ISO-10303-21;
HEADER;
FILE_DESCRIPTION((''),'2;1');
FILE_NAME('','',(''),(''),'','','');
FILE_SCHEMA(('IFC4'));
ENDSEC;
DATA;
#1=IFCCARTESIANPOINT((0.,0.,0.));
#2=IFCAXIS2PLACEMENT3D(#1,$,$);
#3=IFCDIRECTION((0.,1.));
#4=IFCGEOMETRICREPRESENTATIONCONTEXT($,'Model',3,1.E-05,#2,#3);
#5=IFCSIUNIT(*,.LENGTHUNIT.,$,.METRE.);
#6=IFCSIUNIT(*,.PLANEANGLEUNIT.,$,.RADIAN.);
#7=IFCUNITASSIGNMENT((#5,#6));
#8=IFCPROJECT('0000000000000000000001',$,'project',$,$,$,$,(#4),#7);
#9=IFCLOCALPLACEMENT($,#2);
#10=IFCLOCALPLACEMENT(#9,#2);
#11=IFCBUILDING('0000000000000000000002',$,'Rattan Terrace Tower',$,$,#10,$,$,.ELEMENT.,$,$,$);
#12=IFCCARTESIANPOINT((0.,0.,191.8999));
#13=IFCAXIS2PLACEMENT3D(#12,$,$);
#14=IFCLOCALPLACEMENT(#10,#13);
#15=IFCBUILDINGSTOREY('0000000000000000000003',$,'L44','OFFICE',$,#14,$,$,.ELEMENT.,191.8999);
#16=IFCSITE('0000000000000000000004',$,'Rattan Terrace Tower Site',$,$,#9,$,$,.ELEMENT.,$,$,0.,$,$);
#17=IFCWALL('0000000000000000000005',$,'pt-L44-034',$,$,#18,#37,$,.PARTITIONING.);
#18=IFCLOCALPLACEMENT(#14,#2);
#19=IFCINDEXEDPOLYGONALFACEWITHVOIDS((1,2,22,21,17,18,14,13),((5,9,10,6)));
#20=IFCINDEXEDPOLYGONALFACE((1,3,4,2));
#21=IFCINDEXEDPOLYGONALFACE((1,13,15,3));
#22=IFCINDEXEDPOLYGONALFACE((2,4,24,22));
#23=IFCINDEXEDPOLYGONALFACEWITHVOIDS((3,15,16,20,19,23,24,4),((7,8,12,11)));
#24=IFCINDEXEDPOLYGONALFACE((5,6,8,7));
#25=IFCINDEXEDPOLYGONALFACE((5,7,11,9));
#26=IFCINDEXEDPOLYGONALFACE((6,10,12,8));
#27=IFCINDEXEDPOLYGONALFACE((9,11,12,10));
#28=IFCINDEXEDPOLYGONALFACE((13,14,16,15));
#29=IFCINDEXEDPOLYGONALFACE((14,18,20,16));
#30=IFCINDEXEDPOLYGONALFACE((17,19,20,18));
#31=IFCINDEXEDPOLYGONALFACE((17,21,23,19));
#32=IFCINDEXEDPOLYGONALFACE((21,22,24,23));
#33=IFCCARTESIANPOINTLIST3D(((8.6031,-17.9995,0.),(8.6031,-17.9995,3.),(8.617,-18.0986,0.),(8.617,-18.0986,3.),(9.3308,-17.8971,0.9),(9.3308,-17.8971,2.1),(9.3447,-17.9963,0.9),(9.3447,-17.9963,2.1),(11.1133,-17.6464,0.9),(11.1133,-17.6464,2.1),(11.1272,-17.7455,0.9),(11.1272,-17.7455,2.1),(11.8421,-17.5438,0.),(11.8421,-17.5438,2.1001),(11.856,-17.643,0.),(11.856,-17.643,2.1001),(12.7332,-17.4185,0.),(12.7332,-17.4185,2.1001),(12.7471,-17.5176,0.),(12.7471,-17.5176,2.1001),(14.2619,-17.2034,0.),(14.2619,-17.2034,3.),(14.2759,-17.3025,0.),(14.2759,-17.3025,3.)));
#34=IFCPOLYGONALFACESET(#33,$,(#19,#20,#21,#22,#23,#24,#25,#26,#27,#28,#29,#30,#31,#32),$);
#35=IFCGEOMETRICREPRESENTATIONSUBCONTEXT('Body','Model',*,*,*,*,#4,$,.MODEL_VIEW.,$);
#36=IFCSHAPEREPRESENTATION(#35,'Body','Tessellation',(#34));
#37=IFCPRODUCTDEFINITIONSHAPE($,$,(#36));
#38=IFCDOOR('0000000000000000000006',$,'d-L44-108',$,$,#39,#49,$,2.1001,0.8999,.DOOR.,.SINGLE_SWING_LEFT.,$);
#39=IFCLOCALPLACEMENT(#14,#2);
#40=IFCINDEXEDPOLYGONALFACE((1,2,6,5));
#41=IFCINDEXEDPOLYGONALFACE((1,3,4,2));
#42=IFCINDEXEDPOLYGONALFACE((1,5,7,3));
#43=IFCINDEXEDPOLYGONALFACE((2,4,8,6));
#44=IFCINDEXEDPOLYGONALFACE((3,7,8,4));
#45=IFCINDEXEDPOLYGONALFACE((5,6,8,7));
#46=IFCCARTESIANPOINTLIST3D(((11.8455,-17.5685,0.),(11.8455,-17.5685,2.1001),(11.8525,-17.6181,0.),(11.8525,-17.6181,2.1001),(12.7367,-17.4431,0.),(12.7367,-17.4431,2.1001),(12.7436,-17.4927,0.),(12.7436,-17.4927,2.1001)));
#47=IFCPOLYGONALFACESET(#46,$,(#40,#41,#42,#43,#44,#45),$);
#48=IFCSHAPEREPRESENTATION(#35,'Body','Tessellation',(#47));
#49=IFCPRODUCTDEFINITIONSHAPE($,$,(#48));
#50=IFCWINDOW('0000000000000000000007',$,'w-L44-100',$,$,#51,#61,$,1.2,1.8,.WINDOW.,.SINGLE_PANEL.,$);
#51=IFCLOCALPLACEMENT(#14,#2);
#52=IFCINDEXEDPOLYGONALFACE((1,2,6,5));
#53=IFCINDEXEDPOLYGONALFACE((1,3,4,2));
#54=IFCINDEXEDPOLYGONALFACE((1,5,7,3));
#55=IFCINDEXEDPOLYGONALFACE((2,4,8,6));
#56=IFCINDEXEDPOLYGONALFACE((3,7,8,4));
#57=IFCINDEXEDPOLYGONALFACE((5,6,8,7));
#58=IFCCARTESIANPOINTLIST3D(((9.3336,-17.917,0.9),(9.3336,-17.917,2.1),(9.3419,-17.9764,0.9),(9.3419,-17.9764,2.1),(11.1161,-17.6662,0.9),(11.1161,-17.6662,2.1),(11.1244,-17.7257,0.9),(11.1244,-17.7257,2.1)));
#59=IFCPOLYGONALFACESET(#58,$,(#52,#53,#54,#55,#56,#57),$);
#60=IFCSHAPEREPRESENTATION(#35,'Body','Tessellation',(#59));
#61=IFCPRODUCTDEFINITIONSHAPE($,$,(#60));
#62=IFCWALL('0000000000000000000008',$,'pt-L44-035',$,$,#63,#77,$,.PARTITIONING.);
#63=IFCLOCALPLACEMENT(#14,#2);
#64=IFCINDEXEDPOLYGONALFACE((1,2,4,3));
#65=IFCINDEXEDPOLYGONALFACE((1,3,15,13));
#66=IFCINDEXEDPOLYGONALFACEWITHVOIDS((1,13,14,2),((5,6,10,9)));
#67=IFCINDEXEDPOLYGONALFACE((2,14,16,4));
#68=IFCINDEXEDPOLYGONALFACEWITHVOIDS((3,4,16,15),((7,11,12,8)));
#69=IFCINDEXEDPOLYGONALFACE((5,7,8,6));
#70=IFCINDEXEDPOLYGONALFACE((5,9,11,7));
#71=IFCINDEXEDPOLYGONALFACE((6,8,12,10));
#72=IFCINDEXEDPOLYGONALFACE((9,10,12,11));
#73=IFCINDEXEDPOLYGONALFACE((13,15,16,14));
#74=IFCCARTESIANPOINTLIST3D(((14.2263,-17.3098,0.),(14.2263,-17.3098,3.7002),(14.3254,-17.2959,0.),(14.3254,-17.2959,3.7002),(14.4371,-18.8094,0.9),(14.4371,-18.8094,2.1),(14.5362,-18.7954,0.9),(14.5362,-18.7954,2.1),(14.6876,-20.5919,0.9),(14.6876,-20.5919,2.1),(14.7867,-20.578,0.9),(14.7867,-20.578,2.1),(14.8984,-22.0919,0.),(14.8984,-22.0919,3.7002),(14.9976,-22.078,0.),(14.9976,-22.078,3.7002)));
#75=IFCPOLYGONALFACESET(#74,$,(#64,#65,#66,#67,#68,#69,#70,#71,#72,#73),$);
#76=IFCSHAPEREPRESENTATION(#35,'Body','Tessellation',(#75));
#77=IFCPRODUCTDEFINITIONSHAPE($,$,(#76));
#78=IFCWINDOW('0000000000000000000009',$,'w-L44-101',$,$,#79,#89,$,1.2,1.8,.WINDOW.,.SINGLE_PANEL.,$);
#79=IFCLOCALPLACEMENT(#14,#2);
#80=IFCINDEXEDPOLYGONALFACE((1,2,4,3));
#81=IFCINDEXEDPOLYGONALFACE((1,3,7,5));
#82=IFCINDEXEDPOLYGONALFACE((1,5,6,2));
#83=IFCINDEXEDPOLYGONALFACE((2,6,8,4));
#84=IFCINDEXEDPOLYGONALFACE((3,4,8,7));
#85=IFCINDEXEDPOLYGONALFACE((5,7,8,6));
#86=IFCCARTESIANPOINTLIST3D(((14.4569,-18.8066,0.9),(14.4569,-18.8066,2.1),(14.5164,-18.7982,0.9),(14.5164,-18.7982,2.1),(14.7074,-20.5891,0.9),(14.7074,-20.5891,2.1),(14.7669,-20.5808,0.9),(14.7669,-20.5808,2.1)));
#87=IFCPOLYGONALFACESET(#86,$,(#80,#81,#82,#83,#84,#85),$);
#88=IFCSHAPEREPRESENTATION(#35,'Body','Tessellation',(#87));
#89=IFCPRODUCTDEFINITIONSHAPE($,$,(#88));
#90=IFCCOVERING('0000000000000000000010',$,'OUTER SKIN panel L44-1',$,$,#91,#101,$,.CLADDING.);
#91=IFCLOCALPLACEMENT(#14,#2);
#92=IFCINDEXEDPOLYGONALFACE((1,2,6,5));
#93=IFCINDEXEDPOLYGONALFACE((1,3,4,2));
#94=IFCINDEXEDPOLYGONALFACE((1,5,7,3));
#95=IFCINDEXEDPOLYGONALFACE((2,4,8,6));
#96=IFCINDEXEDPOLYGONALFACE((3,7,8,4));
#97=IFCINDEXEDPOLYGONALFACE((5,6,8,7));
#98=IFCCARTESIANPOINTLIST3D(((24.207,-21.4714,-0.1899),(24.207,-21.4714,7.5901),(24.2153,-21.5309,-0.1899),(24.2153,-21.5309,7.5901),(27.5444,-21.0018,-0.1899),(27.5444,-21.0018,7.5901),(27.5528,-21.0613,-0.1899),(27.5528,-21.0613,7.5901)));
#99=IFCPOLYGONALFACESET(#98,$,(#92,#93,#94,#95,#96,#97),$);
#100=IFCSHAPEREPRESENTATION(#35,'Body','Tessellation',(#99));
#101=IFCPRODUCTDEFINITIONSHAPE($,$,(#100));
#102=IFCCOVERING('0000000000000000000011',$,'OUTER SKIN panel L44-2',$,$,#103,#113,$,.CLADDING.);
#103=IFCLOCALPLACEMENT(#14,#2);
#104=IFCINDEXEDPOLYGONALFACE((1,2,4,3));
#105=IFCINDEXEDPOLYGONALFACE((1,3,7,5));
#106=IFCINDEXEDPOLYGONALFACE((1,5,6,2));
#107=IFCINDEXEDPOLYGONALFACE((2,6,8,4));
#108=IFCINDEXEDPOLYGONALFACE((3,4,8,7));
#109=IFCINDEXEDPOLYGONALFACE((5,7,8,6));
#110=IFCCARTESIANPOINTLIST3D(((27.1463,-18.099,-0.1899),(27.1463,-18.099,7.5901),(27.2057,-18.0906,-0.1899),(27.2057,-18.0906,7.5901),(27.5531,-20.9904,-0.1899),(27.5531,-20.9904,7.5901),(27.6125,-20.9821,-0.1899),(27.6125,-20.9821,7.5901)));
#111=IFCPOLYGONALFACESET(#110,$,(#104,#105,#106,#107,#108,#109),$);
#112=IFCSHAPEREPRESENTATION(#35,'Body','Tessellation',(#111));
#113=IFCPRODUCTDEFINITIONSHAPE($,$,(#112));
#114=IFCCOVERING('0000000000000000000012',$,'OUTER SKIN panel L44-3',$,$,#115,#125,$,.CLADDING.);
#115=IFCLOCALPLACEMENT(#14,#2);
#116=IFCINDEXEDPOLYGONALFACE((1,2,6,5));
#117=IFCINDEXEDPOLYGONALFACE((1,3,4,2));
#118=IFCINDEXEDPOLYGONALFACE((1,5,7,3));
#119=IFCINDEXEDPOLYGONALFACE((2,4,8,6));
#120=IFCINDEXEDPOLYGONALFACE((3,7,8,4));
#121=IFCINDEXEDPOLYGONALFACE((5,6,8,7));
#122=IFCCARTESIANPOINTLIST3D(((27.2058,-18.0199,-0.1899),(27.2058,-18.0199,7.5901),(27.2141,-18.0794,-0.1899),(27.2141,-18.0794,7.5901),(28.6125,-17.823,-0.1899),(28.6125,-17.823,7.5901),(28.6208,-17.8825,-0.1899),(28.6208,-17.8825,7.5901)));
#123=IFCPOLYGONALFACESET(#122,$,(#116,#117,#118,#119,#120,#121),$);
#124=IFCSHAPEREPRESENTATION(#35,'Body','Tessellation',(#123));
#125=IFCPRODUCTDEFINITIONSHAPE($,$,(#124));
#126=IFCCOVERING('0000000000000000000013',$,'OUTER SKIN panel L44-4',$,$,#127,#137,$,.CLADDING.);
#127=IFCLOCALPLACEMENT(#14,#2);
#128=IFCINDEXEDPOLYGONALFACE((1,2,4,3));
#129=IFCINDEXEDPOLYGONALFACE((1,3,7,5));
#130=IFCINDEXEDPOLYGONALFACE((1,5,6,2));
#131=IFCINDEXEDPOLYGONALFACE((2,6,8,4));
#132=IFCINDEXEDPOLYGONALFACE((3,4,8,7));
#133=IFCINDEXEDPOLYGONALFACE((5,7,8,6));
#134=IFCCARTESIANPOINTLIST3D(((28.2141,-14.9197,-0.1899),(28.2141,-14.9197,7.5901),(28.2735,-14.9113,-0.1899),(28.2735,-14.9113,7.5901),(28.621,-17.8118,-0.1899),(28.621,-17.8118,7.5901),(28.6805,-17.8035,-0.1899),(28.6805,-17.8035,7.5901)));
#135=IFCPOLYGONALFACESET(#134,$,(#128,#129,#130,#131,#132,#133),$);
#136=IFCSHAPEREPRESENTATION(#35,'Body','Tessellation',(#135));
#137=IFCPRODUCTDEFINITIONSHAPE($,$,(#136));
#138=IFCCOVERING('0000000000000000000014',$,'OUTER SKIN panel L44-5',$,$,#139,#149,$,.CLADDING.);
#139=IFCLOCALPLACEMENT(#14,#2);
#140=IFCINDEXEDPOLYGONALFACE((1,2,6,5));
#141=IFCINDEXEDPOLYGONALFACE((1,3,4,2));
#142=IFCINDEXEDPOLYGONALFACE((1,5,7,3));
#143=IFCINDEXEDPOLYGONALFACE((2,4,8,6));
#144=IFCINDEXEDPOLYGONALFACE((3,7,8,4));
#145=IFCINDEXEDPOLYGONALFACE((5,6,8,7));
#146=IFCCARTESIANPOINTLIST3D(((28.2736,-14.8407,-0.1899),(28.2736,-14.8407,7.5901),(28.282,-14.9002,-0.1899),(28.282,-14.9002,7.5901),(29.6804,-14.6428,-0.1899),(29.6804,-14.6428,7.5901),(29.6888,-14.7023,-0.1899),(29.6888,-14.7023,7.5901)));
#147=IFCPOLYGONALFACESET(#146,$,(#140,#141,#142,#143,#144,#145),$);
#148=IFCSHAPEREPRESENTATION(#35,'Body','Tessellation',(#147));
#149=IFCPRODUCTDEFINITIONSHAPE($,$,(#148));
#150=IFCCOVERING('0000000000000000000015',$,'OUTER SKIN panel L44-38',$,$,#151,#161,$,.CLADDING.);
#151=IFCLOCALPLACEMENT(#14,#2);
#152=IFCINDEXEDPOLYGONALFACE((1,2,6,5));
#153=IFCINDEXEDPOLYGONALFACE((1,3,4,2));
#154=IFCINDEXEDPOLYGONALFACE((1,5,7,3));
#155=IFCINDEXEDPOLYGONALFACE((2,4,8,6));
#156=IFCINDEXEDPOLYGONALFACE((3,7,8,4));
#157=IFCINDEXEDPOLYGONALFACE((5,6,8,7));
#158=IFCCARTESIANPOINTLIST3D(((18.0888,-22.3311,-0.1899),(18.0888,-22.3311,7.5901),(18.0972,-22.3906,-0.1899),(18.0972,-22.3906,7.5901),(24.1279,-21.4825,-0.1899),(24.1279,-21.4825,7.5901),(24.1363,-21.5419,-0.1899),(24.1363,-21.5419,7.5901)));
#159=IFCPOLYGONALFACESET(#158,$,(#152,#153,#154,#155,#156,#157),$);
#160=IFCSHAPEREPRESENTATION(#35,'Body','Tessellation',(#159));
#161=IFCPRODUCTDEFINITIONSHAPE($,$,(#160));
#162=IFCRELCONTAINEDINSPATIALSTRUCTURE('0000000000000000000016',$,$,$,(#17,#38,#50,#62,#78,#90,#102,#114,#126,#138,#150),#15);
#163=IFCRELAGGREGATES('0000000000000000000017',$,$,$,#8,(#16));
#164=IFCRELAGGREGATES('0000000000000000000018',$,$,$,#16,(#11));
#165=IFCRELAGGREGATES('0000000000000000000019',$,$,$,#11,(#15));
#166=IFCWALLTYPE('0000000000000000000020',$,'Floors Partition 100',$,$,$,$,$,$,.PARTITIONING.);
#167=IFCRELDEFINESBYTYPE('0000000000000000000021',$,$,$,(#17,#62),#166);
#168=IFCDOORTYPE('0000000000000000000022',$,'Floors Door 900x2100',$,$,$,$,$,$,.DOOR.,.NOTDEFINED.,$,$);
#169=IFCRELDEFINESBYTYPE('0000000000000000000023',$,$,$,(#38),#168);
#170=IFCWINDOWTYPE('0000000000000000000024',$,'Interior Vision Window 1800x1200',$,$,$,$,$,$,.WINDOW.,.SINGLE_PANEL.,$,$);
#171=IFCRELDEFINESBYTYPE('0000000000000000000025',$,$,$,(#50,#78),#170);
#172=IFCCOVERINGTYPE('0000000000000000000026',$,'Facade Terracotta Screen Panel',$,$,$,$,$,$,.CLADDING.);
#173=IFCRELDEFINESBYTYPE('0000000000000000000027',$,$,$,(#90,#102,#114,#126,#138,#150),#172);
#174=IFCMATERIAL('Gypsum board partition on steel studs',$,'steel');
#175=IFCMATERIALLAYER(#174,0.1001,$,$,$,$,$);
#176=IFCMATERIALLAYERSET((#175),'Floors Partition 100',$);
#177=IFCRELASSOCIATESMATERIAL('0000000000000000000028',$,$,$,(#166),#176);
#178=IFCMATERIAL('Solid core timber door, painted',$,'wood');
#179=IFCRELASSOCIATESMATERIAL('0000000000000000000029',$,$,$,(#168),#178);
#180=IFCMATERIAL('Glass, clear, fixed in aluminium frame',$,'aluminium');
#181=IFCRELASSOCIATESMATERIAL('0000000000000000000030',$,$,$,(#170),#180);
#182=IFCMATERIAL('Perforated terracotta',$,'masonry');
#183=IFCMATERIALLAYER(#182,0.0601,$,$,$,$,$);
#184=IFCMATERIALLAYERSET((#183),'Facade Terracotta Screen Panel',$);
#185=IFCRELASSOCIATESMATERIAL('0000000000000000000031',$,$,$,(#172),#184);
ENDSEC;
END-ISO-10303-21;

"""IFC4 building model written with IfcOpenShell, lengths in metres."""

from ifc_helpers import new_model, si_unit, direction, frame, frame_2d, origin, origin_2d, place, context, subcontext, project, spatial, rectangle, extrude, material, layer, layer_set, type_object, element, fill, save


model = new_model("IFC4")

# Units and contexts
model_context = context("Model", 3, precision=1e-05, world=origin(), true_north=direction((0.0, 1.0)))
body_context = subcontext(model_context, "Body", "Model", "MODEL_VIEW")
ifc_project = project(units=[si_unit("LENGTHUNIT", "METRE"), si_unit("PLANEANGLEUNIT", "RADIAN")], contexts=[model_context])

# Site, building, storey
site_placement = place(None, origin())
site = spatial("IfcSite", under=ifc_project, at=site_placement, Name="Rattan Terrace Tower Site", CompositionType="ELEMENT", RefElevation=0.0)
building_placement = place(site_placement, origin())
building = spatial("IfcBuilding", under=site, at=building_placement, Name="Rattan Terrace Tower", CompositionType="ELEMENT")
storey_placement = place(building_placement, frame((0.0, 0.0, 191.8999)))
storey = spatial("IfcBuildingStorey", under=building, at=storey_placement, Name="L44", Description="OFFICE", CompositionType="ELEMENT", Elevation=191.8999)

# Wall, openings, door, window
ifc_material_1 = material(Name="Gypsum board partition on steel studs", Category="steel")
ifc_layer_1 = layer(ifc_material_1, 0.1001)
ifc_layer_set_1 = layer_set([ifc_layer_1], Name="Floors Partition 100")
wall_type_1 = type_object("IfcWallType", Name="Floors Partition 100", PredefinedType="PARTITIONING", material=ifc_layer_set_1)
wall_1_placement = place(storey_placement, frame((14.269, -17.2529, 0.0), z_axis=(0.0, 0.0, 1.0), x_axis=(-0.990248, -0.139316, 0.0)))
wall_1 = element("IfcWall", 1, at=wall_1_placement, inside=storey, type_object=wall_type_1, Name="pt-L44-034", PredefinedType="PARTITIONING", context=body_context, shape_type="SweptSolid", body=[
    extrude(rectangle(XDim=5.7146, YDim=0.1001, at=frame_2d((2.8574, 0.0))), origin(), (0.0, 0.0, 1.0), 3.0),
])
opening_1_placement = place(wall_1_placement, frame((1.5439, 0.0, 0.0)))
opening_1 = element("IfcOpeningElement", 2, at=opening_1_placement, cuts=wall_1, PredefinedType="OPENING", context=body_context, shape_type="SweptSolid", body=[
    extrude(rectangle(XDim=0.8999, YDim=2.1001, at=frame_2d((0.45, 1.05))), frame((0.0, 0.0605, 0.0), z_axis=(0.0, -1.0, 0.0), x_axis=(1.0, 0.0, 0.0)), (0.0, 0.0, 1.0), 0.1211),
])
opening_2_placement = place(wall_1_placement, frame((3.1799, 0.0, 0.8999)))
opening_2 = element("IfcOpeningElement", 3, at=opening_2_placement, cuts=wall_1, PredefinedType="OPENING", context=body_context, shape_type="SweptSolid", body=[
    extrude(rectangle(XDim=1.8, YDim=1.2, at=frame_2d((0.8999, 0.6001))), frame((0.0, 0.0605, 0.0), z_axis=(0.0, -1.0, 0.0), x_axis=(1.0, 0.0, 0.0)), (0.0, 0.0, 1.0), 0.1211),
])
ifc_material_2 = material(Name="Solid core timber door, painted", Category="wood")
door_type = type_object("IfcDoorType", Name="Floors Door 900x2100", OperationType="NOTDEFINED", PredefinedType="DOOR", material=ifc_material_2)
door_placement = place(opening_1_placement, origin())
door = element("IfcDoor", 4, at=door_placement, inside=storey, type_object=door_type, Name="d-L44-108", OperationType="SINGLE_SWING_LEFT", OverallHeight=2.1001, OverallWidth=0.8999, PredefinedType="DOOR", context=body_context, shape_type="SweptSolid", body=[
    extrude(rectangle(XDim=0.8999, YDim=2.1001, at=frame_2d((0.45, 1.05))), frame((0.0, 0.0249, 0.0), z_axis=(0.0, -1.0, 0.0), x_axis=(1.0, 0.0, 0.0)), (0.0, 0.0, 1.0), 0.05),
])
fill(opening_1, door)
ifc_material_3 = material(Name="Glass, clear, fixed in aluminium frame", Category="aluminium")
window_type = type_object("IfcWindowType", Name="Interior Vision Window 1800x1200", PartitioningType="SINGLE_PANEL", PredefinedType="WINDOW", material=ifc_material_3)
window_1_placement = place(opening_2_placement, origin())
window_1 = element("IfcWindow", 5, at=window_1_placement, inside=storey, type_object=window_type, Name="w-L44-100", OverallHeight=1.2, OverallWidth=1.8, PartitioningType="SINGLE_PANEL", PredefinedType="WINDOW", context=body_context, shape_type="SweptSolid", body=[
    extrude(rectangle(XDim=1.8, YDim=1.2, at=frame_2d((0.8999, 0.6001))), frame((0.0, 0.03, 0.0), z_axis=(0.0, -1.0, 0.0), x_axis=(1.0, 0.0, 0.0)), (0.0, 0.0, 1.0), 0.0601),
])
fill(opening_2, window_1)

# Wall, opening, window
wall_2_placement = place(storey_placement, frame((14.948, -22.085, 0.0), z_axis=(0.0, 0.0, 1.0), x_axis=(-0.139184, 0.990266, 0.0)))
wall_2 = element("IfcWall", 6, at=wall_2_placement, inside=storey, type_object=wall_type_1, Name="pt-L44-035", PredefinedType="PARTITIONING", context=body_context, shape_type="SweptSolid", body=[
    extrude(rectangle(XDim=4.8291, YDim=0.1001, at=frame_2d((2.4146, 0.0))), origin(), (0.0, 0.0, 1.0), 3.7002),
])
opening_3_placement = place(wall_2_placement, frame((1.5149, 0.0, 0.8999)))
opening_3 = element("IfcOpeningElement", 7, at=opening_3_placement, cuts=wall_2, PredefinedType="OPENING", context=body_context, shape_type="SweptSolid", body=[
    extrude(rectangle(XDim=1.8, YDim=1.2, at=frame_2d((0.8999, 0.6001))), frame((0.0, 0.0605, 0.0), z_axis=(0.0, -1.0, 0.0), x_axis=(1.0, 0.0, 0.0)), (0.0, 0.0, 1.0), 0.1211),
])
window_2_placement = place(opening_3_placement, origin())
window_2 = element("IfcWindow", 8, at=window_2_placement, inside=storey, type_object=window_type, Name="w-L44-101", OverallHeight=1.2, OverallWidth=1.8, PartitioningType="SINGLE_PANEL", PredefinedType="WINDOW", context=body_context, shape_type="SweptSolid", body=[
    extrude(rectangle(XDim=1.8, YDim=1.2, at=frame_2d((0.8999, 0.6001))), frame((0.0, 0.03, 0.0), z_axis=(0.0, -1.0, 0.0), x_axis=(1.0, 0.0, 0.0)), (0.0, 0.0, 1.0), 0.0601),
])
fill(opening_3, window_2)

# Coverings
ifc_material_4 = material(Name="Perforated terracotta", Category="masonry")
ifc_layer_2 = layer(ifc_material_4, 0.0601)
ifc_layer_set_2 = layer_set([ifc_layer_2], Name="Facade Terracotta Screen Panel")
covering_type = type_object("IfcCoveringType", Name="Facade Terracotta Screen Panel", PredefinedType="CLADDING", material=ifc_layer_set_2)
covering_1_placement = place(storey_placement, frame((25.8799, -21.2664, -0.1899), z_axis=(0.0, 0.0, 1.0), x_axis=(0.990247, 0.139321, 0.0)))
element("IfcCovering", 9, at=covering_1_placement, inside=storey, type_object=covering_type, Name="OUTER SKIN panel L44-1", PredefinedType="CLADDING", context=body_context, shape_type="SweptSolid", body=[
    extrude(rectangle(XDim=3.3704, YDim=0.0601, at=origin_2d()), origin(), (0.0, 0.0, 1.0), 7.78),
])
covering_2_placement = place(storey_placement, frame((27.3794, -19.5405, -0.1899), z_axis=(0.0, 0.0, 1.0), x_axis=(-0.139321, 0.990247, 0.0)))
element("IfcCovering", 10, at=covering_2_placement, inside=storey, type_object=covering_type, Name="OUTER SKIN panel L44-2", PredefinedType="CLADDING", context=body_context, shape_type="SweptSolid", body=[
    extrude(rectangle(XDim=2.9199, YDim=0.0601, at=origin_2d()), origin(), (0.0, 0.0, 1.0), 7.78),
])
covering_3_placement = place(storey_placement, frame((27.9133, -17.9512, -0.1899), z_axis=(0.0, 0.0, 1.0), x_axis=(0.990345, 0.138622, 0.0)))
element("IfcCovering", 11, at=covering_3_placement, inside=storey, type_object=covering_type, Name="OUTER SKIN panel L44-3", PredefinedType="CLADDING", context=body_context, shape_type="SweptSolid", body=[
    extrude(rectangle(XDim=1.4204, YDim=0.0601, at=origin_2d()), origin(), (0.0, 0.0, 1.0), 7.78),
])
covering_4_placement = place(storey_placement, frame((28.4473, -16.3616, -0.1899), z_axis=(0.0, 0.0, 1.0), x_axis=(-0.139321, 0.990247, 0.0)))
element("IfcCovering", 12, at=covering_4_placement, inside=storey, type_object=covering_type, Name="OUTER SKIN panel L44-4", PredefinedType="CLADDING", context=body_context, shape_type="SweptSolid", body=[
    extrude(rectangle(XDim=2.9207, YDim=0.0601, at=origin_2d()), origin(), (0.0, 0.0, 1.0), 7.78),
])
covering_5_placement = place(storey_placement, frame((28.9812, -14.7715, -0.1899), z_axis=(0.0, 0.0, 1.0), x_axis=(0.990254, 0.139275, 0.0)))
element("IfcCovering", 13, at=covering_5_placement, inside=storey, type_object=covering_type, Name="OUTER SKIN panel L44-5", PredefinedType="CLADDING", context=body_context, shape_type="SweptSolid", body=[
    extrude(rectangle(XDim=1.4207, YDim=0.0601, at=origin_2d()), origin(), (0.0, 0.0, 1.0), 7.78),
])
covering_6_placement = place(storey_placement, frame((21.1125, -21.9365, -0.1899), z_axis=(0.0, 0.0, 1.0), x_axis=(0.99027, 0.139161, 0.0)))
element("IfcCovering", 14, at=covering_6_placement, inside=storey, type_object=covering_type, Name="OUTER SKIN panel L44-38", PredefinedType="CLADDING", context=body_context, shape_type="SweptSolid", body=[
    extrude(rectangle(XDim=6.0984, YDim=0.0601, at=origin_2d()), origin(), (0.0, 0.0, 1.0), 7.78),
])

save(model, "model.ifc")
